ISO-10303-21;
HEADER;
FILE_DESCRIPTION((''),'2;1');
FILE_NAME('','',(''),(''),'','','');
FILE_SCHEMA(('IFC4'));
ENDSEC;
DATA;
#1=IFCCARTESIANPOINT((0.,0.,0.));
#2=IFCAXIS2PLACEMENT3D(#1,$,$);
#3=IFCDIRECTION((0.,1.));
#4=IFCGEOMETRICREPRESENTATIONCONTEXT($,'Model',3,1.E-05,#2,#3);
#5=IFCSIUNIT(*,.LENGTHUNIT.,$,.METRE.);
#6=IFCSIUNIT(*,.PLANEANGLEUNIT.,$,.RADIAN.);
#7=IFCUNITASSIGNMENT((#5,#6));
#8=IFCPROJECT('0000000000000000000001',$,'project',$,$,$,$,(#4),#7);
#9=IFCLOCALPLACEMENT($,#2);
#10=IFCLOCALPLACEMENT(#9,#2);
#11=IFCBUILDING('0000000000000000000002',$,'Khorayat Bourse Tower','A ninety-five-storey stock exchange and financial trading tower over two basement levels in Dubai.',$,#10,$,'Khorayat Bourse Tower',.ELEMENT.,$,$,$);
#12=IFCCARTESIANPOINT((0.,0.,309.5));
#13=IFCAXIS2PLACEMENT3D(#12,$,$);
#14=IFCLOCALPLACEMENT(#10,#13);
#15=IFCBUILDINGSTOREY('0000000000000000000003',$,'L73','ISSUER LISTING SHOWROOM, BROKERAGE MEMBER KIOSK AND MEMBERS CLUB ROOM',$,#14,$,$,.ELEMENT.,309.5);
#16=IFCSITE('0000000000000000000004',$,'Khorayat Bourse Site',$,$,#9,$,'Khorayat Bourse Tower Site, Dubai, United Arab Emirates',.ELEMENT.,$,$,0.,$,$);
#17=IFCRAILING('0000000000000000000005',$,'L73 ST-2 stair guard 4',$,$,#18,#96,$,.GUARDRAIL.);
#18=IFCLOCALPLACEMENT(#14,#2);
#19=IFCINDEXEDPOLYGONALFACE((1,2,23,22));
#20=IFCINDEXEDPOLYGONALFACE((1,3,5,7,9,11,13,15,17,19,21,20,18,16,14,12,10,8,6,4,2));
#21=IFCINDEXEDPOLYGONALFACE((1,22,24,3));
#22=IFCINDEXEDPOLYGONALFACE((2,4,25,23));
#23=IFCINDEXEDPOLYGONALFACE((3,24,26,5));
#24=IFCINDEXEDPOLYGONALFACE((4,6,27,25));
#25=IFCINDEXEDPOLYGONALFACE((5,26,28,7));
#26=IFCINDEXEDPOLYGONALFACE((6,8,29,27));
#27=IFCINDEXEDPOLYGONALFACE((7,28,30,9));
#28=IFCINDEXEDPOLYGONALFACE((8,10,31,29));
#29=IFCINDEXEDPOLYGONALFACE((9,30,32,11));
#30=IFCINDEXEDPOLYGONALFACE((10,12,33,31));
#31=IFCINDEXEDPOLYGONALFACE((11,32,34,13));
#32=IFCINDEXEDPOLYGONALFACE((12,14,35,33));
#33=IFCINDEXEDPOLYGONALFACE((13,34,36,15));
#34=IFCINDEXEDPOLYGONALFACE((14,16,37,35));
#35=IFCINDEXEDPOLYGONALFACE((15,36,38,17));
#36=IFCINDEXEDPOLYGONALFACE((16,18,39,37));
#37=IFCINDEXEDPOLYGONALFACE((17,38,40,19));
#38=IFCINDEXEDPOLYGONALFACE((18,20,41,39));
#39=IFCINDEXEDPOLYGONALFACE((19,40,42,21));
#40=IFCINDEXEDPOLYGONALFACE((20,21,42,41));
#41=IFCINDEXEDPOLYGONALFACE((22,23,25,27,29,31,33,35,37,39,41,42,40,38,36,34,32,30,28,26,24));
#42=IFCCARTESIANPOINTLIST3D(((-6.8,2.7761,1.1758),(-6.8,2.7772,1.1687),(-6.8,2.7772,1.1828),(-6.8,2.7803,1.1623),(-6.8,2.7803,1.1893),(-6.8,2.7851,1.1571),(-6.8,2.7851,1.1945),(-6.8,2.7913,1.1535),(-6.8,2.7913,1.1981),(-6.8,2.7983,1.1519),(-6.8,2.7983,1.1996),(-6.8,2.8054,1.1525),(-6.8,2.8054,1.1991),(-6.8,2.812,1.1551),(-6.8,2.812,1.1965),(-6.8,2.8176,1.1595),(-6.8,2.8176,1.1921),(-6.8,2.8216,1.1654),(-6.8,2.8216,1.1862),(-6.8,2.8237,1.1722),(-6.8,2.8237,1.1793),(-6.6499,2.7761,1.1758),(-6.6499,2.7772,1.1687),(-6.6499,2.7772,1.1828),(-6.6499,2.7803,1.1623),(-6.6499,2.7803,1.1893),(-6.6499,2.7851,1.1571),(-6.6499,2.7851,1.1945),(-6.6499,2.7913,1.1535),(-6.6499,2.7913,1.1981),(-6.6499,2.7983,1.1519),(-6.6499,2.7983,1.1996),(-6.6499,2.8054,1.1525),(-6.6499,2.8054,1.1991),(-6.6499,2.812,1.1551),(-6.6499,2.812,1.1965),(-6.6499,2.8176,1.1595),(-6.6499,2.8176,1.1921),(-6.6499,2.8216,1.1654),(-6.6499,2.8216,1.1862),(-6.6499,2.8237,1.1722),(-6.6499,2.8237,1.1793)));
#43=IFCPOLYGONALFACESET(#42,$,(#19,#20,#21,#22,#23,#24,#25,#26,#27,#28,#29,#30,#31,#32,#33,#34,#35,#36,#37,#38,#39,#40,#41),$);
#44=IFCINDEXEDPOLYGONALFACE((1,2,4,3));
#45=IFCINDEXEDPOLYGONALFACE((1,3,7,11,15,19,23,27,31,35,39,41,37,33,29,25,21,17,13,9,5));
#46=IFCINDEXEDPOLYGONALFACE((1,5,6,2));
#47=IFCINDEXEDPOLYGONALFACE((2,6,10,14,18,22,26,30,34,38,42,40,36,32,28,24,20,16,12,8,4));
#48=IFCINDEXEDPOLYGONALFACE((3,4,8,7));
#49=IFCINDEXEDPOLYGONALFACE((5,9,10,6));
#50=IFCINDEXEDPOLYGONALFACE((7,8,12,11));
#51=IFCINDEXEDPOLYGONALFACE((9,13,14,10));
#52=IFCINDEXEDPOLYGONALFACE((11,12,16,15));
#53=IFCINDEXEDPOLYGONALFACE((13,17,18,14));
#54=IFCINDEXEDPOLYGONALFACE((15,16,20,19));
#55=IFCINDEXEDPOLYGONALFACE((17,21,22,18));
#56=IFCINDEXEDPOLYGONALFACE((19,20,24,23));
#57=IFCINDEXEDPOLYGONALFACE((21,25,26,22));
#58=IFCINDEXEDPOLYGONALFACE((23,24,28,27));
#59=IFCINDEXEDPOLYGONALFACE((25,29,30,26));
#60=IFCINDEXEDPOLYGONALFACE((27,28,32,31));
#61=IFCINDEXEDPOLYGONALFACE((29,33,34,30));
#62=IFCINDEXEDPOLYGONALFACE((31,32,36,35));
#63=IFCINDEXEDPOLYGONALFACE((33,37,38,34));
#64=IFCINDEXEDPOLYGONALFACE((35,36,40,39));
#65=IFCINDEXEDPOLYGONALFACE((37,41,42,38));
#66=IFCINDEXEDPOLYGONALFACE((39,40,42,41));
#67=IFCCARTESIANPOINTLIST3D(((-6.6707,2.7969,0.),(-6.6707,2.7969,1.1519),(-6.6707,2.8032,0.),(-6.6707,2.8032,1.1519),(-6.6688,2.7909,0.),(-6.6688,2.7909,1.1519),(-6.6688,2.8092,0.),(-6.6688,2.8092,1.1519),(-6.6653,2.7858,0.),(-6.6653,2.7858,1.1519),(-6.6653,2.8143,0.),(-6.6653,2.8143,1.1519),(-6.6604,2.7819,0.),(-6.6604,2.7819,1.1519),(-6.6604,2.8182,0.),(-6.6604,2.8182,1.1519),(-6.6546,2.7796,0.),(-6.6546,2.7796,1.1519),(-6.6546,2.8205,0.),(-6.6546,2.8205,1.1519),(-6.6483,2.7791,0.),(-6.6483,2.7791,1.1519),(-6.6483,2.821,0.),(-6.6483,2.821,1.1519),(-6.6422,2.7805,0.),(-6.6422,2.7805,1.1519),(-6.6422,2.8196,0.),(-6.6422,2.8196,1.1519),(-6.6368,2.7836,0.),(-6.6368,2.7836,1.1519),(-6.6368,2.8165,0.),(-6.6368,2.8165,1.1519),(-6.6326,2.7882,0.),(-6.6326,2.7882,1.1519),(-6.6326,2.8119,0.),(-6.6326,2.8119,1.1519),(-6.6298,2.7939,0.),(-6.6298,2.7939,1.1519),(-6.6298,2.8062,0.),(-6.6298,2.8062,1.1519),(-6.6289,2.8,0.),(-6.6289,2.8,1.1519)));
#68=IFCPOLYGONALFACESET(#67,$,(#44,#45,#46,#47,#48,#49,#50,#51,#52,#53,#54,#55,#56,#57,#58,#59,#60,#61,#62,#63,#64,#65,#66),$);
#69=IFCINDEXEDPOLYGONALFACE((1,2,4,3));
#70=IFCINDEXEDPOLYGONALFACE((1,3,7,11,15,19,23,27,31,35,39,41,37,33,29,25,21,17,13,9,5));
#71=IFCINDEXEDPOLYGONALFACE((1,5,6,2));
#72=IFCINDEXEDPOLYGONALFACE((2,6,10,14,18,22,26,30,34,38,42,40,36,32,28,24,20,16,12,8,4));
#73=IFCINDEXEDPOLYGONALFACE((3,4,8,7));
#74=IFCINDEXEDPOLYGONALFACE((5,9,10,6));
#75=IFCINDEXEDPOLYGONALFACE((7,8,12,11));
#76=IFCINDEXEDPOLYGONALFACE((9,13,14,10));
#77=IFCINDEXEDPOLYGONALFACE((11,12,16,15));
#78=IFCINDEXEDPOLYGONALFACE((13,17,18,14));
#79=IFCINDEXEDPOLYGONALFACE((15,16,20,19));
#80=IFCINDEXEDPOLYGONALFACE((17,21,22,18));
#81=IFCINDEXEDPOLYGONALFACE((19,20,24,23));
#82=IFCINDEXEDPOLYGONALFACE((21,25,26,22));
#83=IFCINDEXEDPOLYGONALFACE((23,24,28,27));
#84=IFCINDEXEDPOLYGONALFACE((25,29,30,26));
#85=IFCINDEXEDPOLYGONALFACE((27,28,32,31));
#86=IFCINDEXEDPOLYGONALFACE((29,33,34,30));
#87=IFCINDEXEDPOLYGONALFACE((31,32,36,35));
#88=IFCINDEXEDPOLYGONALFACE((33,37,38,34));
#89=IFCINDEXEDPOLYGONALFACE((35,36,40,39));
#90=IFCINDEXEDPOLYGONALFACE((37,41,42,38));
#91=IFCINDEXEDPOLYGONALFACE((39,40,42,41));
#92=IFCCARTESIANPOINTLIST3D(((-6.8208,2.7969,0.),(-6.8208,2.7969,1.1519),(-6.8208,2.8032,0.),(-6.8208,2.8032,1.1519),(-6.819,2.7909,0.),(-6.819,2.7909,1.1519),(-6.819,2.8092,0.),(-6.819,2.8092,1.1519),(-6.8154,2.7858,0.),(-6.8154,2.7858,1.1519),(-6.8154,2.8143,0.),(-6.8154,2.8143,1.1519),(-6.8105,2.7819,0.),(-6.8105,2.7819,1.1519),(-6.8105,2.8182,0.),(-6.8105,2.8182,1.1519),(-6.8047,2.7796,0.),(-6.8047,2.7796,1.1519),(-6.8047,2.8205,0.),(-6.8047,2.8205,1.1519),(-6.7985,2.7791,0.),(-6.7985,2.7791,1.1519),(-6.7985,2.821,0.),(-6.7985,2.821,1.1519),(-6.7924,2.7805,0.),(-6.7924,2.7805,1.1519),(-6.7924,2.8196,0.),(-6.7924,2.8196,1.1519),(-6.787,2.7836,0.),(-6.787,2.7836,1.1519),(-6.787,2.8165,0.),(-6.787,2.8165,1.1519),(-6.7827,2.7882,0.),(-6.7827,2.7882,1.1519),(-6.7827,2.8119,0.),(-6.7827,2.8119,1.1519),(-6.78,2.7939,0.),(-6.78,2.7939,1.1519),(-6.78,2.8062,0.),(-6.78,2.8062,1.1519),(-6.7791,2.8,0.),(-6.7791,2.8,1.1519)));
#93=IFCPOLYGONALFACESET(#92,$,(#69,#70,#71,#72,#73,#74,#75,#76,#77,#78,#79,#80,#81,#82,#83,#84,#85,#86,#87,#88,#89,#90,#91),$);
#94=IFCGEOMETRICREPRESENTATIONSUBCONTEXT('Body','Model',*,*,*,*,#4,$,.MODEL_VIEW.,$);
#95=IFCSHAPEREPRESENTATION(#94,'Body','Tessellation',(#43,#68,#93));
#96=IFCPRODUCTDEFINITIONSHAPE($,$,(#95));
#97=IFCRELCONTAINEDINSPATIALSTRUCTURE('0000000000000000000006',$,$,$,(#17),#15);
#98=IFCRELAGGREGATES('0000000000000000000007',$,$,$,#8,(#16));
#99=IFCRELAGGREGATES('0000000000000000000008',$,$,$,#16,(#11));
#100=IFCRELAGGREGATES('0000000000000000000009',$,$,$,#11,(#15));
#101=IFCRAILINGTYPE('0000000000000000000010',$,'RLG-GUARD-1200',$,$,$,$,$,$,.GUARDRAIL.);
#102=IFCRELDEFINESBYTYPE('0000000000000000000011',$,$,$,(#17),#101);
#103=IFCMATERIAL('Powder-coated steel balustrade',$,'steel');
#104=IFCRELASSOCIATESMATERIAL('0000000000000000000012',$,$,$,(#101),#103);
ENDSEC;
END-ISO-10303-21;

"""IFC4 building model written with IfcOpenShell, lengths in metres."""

from ifc_helpers import new_model, si_unit, direction, frame, origin, origin_2d, place, context, subcontext, project, spatial, circle, extrude, source, transform, mapped, material, type_object, element, save


model = new_model("IFC4")

# Units and contexts
model_context = context("Model", 3, precision=1e-05, world=origin(), true_north=direction((0.0, 1.0)))
body_context = subcontext(model_context, "Body", "Model", "MODEL_VIEW")
ifc_project = project(units=[si_unit("LENGTHUNIT", "METRE"), si_unit("PLANEANGLEUNIT", "RADIAN")], contexts=[model_context])

# Site, building, storey
site_placement = place(None, origin())
site = spatial("IfcSite", under=ifc_project, at=site_placement, Name="Khorayat Bourse Site", LongName="Khorayat Bourse Tower Site, Dubai, United Arab Emirates", CompositionType="ELEMENT", RefElevation=0.0)
building_placement = place(site_placement, origin())
building = spatial("IfcBuilding", under=site, at=building_placement, Name="Khorayat Bourse Tower", Description="A ninety-five-storey stock exchange and financial trading tower over two basement levels in Dubai.", LongName="Khorayat Bourse Tower", CompositionType="ELEMENT")
storey_placement = place(building_placement, frame((0.0, 0.0, 309.5)))
storey = spatial("IfcBuildingStorey", under=building, at=storey_placement, Name="L73", Description="ISSUER LISTING SHOWROOM, BROKERAGE MEMBER KIOSK AND MEMBERS CLUB ROOM", CompositionType="ELEMENT", Elevation=309.5)

# Railing
ifc_material_1 = material(Name="Powder-coated steel balustrade", Category="steel")
railing_type_1 = type_object("IfcRailingType", Name="RLG-GUARD-1200", PredefinedType="GUARDRAIL", material=ifc_material_1)
shared_shape_1 = source(origin(), body_context, "Body", "SweptSolid", [
    extrude(circle(Radius=0.0239, at=origin_2d()), frame((0.0, 0.0, 1.1758), z_axis=(-1.0, 0.0, 0.0), x_axis=(0.0, -1.0, 0.0)), (0.0, 0.0, 1.0), 0.1501),
    extrude(circle(Radius=0.021, at=origin_2d()), origin(), (0.0, 0.0, 1.0), 1.1519),
    extrude(circle(Radius=0.021, at=origin_2d()), frame((-0.1501, 0.0, 0.0)), (0.0, 0.0, 1.0), 1.1519),
])
for number, where, name in (
    (1, (-6.6499, 2.8, 0.0), "L73 ST-2 stair guard 4"),
):
    element("IfcRailing", number, at=place(storey_placement, frame(where)), inside=storey, type_object=railing_type_1, Name=name, PredefinedType="GUARDRAIL", context=body_context, shape_type="MappedRepresentation", body=[
        mapped(shared_shape_1, transform((0.0, 0.0, 0.0), scale=1.0)),
    ])

save(model, "model.ifc")
